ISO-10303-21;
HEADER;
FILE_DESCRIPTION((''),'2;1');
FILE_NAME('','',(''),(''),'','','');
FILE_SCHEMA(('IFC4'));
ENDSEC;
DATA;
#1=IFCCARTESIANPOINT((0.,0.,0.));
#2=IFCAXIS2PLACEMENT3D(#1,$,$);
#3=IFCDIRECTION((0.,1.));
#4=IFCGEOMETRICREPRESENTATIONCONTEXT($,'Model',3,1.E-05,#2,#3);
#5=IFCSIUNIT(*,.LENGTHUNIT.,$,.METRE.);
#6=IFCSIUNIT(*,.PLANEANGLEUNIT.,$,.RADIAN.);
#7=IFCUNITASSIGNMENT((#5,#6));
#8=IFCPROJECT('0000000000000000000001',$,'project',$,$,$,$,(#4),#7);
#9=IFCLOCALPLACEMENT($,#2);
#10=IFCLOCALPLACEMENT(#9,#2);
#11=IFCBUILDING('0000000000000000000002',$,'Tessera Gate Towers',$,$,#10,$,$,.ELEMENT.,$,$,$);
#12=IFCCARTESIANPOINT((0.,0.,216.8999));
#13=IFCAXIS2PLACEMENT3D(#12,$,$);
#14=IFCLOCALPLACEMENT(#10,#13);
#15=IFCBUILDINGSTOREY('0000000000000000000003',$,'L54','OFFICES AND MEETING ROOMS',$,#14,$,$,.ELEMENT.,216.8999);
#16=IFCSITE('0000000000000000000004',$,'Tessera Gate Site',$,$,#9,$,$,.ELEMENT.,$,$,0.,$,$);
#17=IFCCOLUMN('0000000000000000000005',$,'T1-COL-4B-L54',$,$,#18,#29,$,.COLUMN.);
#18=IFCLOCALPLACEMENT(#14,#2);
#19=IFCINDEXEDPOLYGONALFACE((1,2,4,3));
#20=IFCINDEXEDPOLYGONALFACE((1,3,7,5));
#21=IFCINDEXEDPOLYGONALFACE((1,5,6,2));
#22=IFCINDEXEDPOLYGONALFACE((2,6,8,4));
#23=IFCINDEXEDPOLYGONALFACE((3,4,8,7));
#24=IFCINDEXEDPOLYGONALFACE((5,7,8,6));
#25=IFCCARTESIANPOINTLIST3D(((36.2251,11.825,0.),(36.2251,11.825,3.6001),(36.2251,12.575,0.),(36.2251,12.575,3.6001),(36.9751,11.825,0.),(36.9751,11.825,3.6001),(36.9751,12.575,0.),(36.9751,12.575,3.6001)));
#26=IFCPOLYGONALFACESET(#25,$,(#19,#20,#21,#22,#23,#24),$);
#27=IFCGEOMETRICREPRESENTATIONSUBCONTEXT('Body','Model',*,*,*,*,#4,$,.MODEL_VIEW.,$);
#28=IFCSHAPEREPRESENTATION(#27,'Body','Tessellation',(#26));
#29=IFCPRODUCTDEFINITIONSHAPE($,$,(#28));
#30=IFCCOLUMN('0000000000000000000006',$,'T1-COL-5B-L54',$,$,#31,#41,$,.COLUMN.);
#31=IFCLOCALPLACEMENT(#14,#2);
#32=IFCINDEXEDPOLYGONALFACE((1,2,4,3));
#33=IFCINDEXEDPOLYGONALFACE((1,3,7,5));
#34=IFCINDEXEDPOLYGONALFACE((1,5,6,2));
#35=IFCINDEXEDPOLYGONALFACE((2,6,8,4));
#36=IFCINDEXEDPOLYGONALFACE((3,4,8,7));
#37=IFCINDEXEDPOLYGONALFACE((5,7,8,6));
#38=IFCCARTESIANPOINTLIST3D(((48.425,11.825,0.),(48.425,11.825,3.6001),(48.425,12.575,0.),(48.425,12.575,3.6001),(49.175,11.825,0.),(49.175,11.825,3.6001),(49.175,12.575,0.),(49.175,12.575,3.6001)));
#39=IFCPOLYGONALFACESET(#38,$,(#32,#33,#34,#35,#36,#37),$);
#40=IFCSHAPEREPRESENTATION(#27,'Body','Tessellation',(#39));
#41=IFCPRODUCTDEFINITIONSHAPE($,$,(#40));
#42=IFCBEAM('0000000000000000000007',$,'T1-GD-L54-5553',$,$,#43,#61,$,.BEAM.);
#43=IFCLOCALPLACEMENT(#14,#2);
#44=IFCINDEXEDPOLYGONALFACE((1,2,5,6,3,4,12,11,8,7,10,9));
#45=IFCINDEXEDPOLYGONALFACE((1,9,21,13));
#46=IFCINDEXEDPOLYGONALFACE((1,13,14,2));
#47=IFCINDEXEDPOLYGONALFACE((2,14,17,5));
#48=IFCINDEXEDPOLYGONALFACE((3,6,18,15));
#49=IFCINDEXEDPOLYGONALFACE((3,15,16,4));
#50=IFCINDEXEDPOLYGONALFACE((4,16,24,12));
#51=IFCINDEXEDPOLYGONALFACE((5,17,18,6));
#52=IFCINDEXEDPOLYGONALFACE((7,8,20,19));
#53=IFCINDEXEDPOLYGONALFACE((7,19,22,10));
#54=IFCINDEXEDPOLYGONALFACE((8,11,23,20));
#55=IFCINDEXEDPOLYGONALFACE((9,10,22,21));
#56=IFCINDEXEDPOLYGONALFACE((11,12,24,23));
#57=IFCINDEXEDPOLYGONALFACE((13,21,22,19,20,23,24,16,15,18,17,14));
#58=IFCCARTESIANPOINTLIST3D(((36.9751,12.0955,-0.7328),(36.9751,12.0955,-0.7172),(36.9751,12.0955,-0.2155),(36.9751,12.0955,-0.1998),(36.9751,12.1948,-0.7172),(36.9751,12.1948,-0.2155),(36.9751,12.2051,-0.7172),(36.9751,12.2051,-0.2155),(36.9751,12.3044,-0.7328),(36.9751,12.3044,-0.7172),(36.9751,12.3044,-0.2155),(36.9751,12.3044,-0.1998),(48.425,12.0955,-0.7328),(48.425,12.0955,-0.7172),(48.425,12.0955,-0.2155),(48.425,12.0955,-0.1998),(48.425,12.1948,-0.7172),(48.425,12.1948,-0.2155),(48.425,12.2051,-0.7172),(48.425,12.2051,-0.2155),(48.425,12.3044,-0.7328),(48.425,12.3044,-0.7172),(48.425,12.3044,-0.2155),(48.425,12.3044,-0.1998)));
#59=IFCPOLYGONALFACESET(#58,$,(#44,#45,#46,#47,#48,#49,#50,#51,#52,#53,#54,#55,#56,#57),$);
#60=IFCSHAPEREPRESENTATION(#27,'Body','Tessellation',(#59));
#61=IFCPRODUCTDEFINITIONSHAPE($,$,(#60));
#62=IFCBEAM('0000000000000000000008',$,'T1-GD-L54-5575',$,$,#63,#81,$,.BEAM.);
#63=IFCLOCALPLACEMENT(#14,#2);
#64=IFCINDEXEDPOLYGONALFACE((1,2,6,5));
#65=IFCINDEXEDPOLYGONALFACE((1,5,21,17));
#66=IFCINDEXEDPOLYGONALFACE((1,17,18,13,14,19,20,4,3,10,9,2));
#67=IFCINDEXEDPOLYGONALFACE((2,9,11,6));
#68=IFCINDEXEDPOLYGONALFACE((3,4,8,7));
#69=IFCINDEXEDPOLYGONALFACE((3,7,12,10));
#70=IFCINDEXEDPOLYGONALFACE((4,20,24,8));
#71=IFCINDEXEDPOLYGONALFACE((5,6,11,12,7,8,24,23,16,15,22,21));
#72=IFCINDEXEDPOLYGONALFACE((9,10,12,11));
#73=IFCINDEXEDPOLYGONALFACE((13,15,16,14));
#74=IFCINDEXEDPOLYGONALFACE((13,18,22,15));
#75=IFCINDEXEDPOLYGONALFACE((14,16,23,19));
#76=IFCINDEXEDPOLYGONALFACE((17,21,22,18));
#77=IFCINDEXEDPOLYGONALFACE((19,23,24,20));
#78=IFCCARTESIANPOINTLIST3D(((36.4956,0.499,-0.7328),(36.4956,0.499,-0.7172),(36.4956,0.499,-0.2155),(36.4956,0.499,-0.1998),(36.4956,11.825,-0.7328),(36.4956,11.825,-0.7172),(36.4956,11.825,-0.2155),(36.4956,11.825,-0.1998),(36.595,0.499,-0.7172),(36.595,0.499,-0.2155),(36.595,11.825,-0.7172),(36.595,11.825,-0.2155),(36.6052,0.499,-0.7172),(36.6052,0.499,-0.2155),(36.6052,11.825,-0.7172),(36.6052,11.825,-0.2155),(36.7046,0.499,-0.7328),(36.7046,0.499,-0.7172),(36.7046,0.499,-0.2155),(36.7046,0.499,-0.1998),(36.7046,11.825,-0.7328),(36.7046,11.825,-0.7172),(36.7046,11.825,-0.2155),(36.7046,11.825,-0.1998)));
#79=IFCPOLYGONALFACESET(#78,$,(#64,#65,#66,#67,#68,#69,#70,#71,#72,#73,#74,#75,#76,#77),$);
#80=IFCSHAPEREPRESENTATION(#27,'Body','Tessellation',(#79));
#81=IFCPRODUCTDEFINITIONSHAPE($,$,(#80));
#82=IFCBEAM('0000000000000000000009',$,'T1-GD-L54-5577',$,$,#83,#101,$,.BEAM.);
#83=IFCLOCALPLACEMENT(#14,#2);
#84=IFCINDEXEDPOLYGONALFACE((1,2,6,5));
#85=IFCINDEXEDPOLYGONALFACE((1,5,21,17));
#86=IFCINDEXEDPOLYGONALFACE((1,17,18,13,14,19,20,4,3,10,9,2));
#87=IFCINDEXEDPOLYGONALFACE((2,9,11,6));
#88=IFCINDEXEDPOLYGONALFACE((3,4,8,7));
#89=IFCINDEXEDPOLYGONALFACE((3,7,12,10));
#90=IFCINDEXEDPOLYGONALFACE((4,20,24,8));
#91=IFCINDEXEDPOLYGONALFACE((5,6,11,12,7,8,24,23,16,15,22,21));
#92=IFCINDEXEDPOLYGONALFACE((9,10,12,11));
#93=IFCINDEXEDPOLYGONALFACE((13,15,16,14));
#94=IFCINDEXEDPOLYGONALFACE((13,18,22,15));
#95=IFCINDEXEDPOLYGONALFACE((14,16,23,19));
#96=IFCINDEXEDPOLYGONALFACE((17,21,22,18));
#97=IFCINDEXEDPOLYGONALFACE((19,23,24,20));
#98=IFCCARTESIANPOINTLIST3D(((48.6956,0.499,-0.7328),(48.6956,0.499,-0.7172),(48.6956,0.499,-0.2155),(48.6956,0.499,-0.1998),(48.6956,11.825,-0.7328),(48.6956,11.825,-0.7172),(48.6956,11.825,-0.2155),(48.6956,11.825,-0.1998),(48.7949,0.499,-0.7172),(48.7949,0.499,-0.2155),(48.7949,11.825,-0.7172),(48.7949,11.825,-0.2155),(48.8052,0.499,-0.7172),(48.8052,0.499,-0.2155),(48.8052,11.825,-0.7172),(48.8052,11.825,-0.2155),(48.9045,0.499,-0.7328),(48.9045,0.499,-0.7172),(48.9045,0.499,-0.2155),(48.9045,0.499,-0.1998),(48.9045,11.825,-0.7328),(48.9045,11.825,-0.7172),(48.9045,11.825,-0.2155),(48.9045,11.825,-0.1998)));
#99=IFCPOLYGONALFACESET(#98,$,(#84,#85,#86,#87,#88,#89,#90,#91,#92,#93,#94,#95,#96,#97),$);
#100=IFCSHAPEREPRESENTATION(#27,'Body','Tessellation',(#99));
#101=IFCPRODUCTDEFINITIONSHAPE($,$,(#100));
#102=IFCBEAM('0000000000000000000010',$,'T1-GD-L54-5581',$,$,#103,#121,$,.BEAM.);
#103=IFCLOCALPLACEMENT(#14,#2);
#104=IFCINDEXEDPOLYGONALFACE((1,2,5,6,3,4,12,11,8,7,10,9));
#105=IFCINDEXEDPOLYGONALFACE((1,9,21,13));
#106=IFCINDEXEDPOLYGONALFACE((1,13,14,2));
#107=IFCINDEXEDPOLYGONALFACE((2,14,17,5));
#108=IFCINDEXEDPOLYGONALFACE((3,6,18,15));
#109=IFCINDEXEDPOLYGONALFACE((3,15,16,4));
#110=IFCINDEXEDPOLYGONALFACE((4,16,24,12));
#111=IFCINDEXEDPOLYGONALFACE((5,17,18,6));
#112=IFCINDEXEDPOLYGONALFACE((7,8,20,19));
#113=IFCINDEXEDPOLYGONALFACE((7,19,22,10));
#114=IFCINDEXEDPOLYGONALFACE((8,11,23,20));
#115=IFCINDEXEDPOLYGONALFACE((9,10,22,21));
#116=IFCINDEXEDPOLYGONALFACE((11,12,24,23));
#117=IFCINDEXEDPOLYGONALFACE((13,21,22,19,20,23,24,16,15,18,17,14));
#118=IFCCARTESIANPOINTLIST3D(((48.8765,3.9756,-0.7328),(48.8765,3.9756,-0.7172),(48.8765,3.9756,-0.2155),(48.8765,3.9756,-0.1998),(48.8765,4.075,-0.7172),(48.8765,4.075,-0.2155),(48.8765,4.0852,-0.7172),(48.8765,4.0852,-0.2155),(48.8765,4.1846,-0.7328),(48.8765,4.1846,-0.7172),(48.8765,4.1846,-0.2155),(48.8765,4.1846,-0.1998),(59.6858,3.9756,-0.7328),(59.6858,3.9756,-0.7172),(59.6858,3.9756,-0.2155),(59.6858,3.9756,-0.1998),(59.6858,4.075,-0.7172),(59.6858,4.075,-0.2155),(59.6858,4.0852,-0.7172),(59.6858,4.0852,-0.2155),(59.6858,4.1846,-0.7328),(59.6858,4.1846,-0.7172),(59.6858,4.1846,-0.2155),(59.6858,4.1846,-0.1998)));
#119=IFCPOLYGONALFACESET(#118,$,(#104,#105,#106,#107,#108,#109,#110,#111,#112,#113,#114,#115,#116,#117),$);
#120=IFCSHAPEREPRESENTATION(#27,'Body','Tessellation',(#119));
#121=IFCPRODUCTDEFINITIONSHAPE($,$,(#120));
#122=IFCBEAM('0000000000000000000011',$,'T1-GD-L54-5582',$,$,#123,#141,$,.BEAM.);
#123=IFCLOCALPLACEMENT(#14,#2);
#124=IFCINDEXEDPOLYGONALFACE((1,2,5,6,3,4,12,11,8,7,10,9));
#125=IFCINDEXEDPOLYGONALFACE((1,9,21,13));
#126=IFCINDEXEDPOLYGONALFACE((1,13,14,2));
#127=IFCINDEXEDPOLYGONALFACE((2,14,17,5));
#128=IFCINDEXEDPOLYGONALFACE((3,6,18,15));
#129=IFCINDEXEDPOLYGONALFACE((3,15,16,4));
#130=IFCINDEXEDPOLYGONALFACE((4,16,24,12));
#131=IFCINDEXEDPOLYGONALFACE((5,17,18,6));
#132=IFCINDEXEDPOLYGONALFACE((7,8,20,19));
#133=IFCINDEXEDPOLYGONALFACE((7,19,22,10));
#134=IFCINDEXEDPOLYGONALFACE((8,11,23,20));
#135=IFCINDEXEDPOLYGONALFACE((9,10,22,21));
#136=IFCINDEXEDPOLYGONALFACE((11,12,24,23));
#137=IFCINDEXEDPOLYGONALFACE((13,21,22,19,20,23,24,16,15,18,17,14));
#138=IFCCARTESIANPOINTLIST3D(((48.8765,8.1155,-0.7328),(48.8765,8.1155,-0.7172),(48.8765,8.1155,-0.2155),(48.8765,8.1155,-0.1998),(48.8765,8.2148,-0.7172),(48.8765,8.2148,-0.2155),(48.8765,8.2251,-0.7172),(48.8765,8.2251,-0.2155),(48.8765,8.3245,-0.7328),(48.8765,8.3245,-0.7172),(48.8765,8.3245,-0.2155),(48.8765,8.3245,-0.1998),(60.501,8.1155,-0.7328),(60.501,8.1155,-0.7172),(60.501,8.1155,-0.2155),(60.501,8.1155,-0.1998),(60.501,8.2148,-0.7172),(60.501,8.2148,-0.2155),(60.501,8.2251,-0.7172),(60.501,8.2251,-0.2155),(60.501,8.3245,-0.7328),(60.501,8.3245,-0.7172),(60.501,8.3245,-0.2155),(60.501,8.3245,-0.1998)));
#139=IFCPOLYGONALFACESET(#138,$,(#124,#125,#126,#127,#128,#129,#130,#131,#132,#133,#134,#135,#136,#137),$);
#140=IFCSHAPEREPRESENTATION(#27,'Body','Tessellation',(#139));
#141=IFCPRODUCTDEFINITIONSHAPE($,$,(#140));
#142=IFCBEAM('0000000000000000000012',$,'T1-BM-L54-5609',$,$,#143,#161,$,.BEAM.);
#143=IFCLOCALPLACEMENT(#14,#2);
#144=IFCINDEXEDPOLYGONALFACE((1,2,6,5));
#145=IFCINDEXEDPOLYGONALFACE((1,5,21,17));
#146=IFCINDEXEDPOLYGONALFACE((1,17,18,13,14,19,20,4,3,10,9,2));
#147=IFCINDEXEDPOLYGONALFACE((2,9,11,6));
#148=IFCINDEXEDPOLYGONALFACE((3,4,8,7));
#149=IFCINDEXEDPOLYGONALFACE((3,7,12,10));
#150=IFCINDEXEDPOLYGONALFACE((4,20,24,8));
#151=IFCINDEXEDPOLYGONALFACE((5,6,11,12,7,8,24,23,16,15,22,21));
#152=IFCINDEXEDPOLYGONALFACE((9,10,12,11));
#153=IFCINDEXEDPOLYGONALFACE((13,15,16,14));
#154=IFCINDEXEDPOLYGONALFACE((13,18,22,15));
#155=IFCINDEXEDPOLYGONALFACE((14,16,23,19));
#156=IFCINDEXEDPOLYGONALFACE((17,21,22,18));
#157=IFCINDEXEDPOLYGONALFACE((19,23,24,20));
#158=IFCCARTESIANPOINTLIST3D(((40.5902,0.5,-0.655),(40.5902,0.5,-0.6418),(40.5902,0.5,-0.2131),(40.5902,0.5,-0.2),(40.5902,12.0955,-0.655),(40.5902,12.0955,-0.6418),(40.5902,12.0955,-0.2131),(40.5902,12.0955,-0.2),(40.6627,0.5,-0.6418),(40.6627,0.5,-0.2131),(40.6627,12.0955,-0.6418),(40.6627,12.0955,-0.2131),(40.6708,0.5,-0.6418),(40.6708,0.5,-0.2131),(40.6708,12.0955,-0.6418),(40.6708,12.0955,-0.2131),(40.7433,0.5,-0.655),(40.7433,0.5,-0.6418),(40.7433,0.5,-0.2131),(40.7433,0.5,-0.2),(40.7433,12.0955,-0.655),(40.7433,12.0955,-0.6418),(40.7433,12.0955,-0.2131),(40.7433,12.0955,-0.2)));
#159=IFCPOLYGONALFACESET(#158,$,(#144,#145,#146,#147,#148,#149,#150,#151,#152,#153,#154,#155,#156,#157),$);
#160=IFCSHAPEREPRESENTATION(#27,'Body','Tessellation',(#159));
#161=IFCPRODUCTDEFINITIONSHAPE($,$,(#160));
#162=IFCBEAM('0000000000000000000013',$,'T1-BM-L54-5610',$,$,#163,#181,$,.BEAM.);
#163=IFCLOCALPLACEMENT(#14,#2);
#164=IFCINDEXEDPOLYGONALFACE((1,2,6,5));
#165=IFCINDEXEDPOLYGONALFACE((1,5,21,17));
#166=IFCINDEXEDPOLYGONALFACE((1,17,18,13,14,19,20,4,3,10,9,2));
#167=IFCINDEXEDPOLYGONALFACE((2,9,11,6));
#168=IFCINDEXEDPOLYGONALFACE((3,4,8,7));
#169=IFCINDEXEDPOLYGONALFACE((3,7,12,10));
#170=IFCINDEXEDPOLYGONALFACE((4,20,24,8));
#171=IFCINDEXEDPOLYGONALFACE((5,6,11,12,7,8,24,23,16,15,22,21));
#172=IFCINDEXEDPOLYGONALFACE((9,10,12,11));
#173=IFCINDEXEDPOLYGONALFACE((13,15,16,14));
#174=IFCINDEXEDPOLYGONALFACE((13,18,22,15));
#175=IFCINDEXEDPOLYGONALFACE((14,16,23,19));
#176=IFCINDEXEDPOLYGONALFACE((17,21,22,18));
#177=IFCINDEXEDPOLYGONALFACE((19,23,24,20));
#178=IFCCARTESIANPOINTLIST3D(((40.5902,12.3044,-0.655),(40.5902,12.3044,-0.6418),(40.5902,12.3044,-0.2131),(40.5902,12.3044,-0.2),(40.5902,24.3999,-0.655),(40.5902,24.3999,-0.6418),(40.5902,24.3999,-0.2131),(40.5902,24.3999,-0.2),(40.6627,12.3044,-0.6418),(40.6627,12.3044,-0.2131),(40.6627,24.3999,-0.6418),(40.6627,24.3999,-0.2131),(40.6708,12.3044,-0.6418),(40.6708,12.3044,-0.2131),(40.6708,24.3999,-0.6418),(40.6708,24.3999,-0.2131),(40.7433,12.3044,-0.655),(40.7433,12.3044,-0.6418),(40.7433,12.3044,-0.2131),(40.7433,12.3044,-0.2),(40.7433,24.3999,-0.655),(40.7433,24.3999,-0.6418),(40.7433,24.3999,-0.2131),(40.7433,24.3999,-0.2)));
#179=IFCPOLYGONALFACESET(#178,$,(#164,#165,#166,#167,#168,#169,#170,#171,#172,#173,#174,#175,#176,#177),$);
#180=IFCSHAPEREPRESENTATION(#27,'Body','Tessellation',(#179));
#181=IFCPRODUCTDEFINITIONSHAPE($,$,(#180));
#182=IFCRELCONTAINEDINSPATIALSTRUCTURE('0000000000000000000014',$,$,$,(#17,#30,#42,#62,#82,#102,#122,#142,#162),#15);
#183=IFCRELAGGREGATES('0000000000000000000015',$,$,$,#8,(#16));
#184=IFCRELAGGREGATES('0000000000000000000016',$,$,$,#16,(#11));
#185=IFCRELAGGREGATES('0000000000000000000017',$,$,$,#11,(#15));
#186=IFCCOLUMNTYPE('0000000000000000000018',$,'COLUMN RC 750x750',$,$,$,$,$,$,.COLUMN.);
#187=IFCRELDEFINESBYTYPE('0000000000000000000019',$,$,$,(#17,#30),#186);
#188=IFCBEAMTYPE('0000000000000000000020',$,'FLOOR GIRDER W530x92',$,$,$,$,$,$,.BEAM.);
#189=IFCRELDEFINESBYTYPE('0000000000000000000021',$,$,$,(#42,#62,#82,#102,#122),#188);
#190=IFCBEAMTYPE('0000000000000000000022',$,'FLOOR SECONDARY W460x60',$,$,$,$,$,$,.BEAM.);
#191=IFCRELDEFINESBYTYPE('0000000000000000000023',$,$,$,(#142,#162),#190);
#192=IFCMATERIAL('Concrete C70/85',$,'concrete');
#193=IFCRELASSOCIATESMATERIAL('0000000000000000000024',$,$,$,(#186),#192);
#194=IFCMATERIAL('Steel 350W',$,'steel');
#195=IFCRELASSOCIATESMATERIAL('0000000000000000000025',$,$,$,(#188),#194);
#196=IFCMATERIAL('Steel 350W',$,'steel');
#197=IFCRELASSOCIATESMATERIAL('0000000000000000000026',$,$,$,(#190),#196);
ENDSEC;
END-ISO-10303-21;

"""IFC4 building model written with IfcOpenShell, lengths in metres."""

from ifc_helpers import new_model, si_unit, direction, frame, origin, origin_2d, place, context, subcontext, project, spatial, rectangle, i_section, extrude, material, material_profile, profile_set, type_object, element, save


model = new_model("IFC4")

# Units and contexts
model_context = context("Model", 3, precision=1e-05, world=origin(), true_north=direction((0.0, 1.0)))
body_context = subcontext(model_context, "Body", "Model", "MODEL_VIEW")
ifc_project = project(units=[si_unit("LENGTHUNIT", "METRE"), si_unit("PLANEANGLEUNIT", "RADIAN")], contexts=[model_context])

# Site, building, storey
site_placement = place(None, origin())
site = spatial("IfcSite", under=ifc_project, at=site_placement, Name="Tessera Gate Site", CompositionType="ELEMENT", RefElevation=0.0)
building_placement = place(site_placement, origin())
building = spatial("IfcBuilding", under=site, at=building_placement, Name="Tessera Gate Towers", CompositionType="ELEMENT")
storey_placement = place(building_placement, frame((0.0, 0.0, 216.8999)))
storey = spatial("IfcBuildingStorey", under=building, at=storey_placement, Name="L54", Description="OFFICES AND MEETING ROOMS", CompositionType="ELEMENT", Elevation=216.8999)

# Columns
ifc_material_1 = material(Name="Concrete C70/85", Category="concrete")
ifc_material_profile_1 = material_profile(ifc_material_1, rectangle(XDim=0.75, YDim=0.75, at=origin_2d()), Name="RC 750x750")
ifc_profile_set_1 = profile_set([ifc_material_profile_1], Name="Concrete C70/85")
column_type = type_object("IfcColumnType", Name="COLUMN RC 750x750", PredefinedType="COLUMN", material=ifc_profile_set_1)
for number, where, z_axis, x_axis, name in (
    (1, (36.6001, 12.2, 0.0), (0.0, 0.0, 1.0), (1.0, 0.0, 0.0), "T1-COL-4B-L54"),
    (2, (48.8, 12.2, 0.0), (0.0, 0.0, 1.0), (1.0, 0.0, 0.0), "T1-COL-5B-L54"),
):
    element("IfcColumn", number, at=place(storey_placement, frame(where, z_axis=z_axis, x_axis=x_axis)), inside=storey, type_object=column_type, Name=name, PredefinedType="COLUMN", context=body_context, shape_type="SweptSolid", body=[
        extrude(rectangle(XDim=0.75, YDim=0.75, at=origin_2d()), origin(), (0.0, 0.0, 1.0), 3.6001),
    ])

# Beams
ifc_material_2 = material(Name="Steel 350W", Category="steel")
ifc_material_profile_2 = material_profile(ifc_material_2, i_section(OverallWidth=0.209, OverallDepth=0.533, WebThickness=0.0103, FlangeThickness=0.0156, at=origin_2d()), Name="W530x92")
ifc_profile_set_2 = profile_set([ifc_material_profile_2], Name="Steel 350W")
beam_type_1 = type_object("IfcBeamType", Name="FLOOR GIRDER W530x92", PredefinedType="BEAM", material=ifc_profile_set_2)
beam_1_placement = place(storey_placement, frame((36.9751, 12.2, -0.4663), z_axis=(1.0, 0.0, 0.0), x_axis=(0.0, 1.0, 0.0)))
element("IfcBeam", 3, at=beam_1_placement, inside=storey, type_object=beam_type_1, Name="T1-GD-L54-5553", PredefinedType="BEAM", context=body_context, shape_type="SweptSolid", body=[
    extrude(i_section(OverallWidth=0.209, OverallDepth=0.533, WebThickness=0.0103, FlangeThickness=0.0156, at=origin_2d()), origin(), (0.0, 0.0, 1.0), 11.45),
])
for number, where, z_axis, x_axis, name in (
    (4, (36.6001, 0.499, -0.4663), (0.0, 1.0, 0.0), (-1.0, 0.0, 0.0), "T1-GD-L54-5575"),
    (5, (48.8, 0.499, -0.4663), (0.0, 1.0, 0.0), (-1.0, 0.0, 0.0), "T1-GD-L54-5577"),
):
    element("IfcBeam", number, at=place(storey_placement, frame(where, z_axis=z_axis, x_axis=x_axis)), inside=storey, type_object=beam_type_1, Name=name, PredefinedType="BEAM", context=body_context, shape_type="SweptSolid", body=[
        extrude(i_section(OverallWidth=0.209, OverallDepth=0.533, WebThickness=0.0103, FlangeThickness=0.0156, at=origin_2d()), origin(), (0.0, 0.0, 1.0), 11.3259),
    ])
beam_2_placement = place(storey_placement, frame((48.8765, 4.0801, -0.4663), z_axis=(1.0, 0.0, 0.0), x_axis=(0.0, 1.0, 0.0)))
element("IfcBeam", 6, at=beam_2_placement, inside=storey, type_object=beam_type_1, Name="T1-GD-L54-5581", PredefinedType="BEAM", context=body_context, shape_type="SweptSolid", body=[
    extrude(i_section(OverallWidth=0.209, OverallDepth=0.533, WebThickness=0.0103, FlangeThickness=0.0156, at=origin_2d()), origin(), (0.0, 0.0, 1.0), 10.8093),
])
beam_3_placement = place(storey_placement, frame((48.8765, 8.22, -0.4663), z_axis=(1.0, 0.0, 0.0), x_axis=(0.0, 1.0, 0.0)))
element("IfcBeam", 7, at=beam_3_placement, inside=storey, type_object=beam_type_1, Name="T1-GD-L54-5582", PredefinedType="BEAM", context=body_context, shape_type="SweptSolid", body=[
    extrude(i_section(OverallWidth=0.209, OverallDepth=0.533, WebThickness=0.0103, FlangeThickness=0.0156, at=origin_2d()), origin(), (0.0, 0.0, 1.0), 11.6245),
])
ifc_material_3 = material(Name="Steel 350W", Category="steel")
ifc_material_profile_3 = material_profile(ifc_material_3, i_section(OverallWidth=0.1531, OverallDepth=0.4551, WebThickness=0.0081, FlangeThickness=0.0132, at=origin_2d()), Name="W460x60")
ifc_profile_set_3 = profile_set([ifc_material_profile_3], Name="Steel 350W")
beam_type_2 = type_object("IfcBeamType", Name="FLOOR SECONDARY W460x60", PredefinedType="BEAM", material=ifc_profile_set_3)
beam_4_placement = place(storey_placement, frame((40.6667, 0.5, -0.4275), z_axis=(0.0, 1.0, 0.0), x_axis=(-1.0, 0.0, 0.0)))
element("IfcBeam", 8, at=beam_4_placement, inside=storey, type_object=beam_type_2, Name="T1-BM-L54-5609", PredefinedType="BEAM", context=body_context, shape_type="SweptSolid", body=[
    extrude(i_section(OverallWidth=0.1531, OverallDepth=0.4551, WebThickness=0.0081, FlangeThickness=0.0132, at=origin_2d()), origin(), (0.0, 0.0, 1.0), 11.5955),
])
beam_5_placement = place(storey_placement, frame((40.6667, 12.3044, -0.4275), z_axis=(0.0, 1.0, 0.0), x_axis=(-1.0, 0.0, 0.0)))
element("IfcBeam", 9, at=beam_5_placement, inside=storey, type_object=beam_type_2, Name="T1-BM-L54-5610", PredefinedType="BEAM", context=body_context, shape_type="SweptSolid", body=[
    extrude(i_section(OverallWidth=0.1531, OverallDepth=0.4551, WebThickness=0.0081, FlangeThickness=0.0132, at=origin_2d()), origin(), (0.0, 0.0, 1.0), 12.0955),
])

save(model, "model.ifc")
